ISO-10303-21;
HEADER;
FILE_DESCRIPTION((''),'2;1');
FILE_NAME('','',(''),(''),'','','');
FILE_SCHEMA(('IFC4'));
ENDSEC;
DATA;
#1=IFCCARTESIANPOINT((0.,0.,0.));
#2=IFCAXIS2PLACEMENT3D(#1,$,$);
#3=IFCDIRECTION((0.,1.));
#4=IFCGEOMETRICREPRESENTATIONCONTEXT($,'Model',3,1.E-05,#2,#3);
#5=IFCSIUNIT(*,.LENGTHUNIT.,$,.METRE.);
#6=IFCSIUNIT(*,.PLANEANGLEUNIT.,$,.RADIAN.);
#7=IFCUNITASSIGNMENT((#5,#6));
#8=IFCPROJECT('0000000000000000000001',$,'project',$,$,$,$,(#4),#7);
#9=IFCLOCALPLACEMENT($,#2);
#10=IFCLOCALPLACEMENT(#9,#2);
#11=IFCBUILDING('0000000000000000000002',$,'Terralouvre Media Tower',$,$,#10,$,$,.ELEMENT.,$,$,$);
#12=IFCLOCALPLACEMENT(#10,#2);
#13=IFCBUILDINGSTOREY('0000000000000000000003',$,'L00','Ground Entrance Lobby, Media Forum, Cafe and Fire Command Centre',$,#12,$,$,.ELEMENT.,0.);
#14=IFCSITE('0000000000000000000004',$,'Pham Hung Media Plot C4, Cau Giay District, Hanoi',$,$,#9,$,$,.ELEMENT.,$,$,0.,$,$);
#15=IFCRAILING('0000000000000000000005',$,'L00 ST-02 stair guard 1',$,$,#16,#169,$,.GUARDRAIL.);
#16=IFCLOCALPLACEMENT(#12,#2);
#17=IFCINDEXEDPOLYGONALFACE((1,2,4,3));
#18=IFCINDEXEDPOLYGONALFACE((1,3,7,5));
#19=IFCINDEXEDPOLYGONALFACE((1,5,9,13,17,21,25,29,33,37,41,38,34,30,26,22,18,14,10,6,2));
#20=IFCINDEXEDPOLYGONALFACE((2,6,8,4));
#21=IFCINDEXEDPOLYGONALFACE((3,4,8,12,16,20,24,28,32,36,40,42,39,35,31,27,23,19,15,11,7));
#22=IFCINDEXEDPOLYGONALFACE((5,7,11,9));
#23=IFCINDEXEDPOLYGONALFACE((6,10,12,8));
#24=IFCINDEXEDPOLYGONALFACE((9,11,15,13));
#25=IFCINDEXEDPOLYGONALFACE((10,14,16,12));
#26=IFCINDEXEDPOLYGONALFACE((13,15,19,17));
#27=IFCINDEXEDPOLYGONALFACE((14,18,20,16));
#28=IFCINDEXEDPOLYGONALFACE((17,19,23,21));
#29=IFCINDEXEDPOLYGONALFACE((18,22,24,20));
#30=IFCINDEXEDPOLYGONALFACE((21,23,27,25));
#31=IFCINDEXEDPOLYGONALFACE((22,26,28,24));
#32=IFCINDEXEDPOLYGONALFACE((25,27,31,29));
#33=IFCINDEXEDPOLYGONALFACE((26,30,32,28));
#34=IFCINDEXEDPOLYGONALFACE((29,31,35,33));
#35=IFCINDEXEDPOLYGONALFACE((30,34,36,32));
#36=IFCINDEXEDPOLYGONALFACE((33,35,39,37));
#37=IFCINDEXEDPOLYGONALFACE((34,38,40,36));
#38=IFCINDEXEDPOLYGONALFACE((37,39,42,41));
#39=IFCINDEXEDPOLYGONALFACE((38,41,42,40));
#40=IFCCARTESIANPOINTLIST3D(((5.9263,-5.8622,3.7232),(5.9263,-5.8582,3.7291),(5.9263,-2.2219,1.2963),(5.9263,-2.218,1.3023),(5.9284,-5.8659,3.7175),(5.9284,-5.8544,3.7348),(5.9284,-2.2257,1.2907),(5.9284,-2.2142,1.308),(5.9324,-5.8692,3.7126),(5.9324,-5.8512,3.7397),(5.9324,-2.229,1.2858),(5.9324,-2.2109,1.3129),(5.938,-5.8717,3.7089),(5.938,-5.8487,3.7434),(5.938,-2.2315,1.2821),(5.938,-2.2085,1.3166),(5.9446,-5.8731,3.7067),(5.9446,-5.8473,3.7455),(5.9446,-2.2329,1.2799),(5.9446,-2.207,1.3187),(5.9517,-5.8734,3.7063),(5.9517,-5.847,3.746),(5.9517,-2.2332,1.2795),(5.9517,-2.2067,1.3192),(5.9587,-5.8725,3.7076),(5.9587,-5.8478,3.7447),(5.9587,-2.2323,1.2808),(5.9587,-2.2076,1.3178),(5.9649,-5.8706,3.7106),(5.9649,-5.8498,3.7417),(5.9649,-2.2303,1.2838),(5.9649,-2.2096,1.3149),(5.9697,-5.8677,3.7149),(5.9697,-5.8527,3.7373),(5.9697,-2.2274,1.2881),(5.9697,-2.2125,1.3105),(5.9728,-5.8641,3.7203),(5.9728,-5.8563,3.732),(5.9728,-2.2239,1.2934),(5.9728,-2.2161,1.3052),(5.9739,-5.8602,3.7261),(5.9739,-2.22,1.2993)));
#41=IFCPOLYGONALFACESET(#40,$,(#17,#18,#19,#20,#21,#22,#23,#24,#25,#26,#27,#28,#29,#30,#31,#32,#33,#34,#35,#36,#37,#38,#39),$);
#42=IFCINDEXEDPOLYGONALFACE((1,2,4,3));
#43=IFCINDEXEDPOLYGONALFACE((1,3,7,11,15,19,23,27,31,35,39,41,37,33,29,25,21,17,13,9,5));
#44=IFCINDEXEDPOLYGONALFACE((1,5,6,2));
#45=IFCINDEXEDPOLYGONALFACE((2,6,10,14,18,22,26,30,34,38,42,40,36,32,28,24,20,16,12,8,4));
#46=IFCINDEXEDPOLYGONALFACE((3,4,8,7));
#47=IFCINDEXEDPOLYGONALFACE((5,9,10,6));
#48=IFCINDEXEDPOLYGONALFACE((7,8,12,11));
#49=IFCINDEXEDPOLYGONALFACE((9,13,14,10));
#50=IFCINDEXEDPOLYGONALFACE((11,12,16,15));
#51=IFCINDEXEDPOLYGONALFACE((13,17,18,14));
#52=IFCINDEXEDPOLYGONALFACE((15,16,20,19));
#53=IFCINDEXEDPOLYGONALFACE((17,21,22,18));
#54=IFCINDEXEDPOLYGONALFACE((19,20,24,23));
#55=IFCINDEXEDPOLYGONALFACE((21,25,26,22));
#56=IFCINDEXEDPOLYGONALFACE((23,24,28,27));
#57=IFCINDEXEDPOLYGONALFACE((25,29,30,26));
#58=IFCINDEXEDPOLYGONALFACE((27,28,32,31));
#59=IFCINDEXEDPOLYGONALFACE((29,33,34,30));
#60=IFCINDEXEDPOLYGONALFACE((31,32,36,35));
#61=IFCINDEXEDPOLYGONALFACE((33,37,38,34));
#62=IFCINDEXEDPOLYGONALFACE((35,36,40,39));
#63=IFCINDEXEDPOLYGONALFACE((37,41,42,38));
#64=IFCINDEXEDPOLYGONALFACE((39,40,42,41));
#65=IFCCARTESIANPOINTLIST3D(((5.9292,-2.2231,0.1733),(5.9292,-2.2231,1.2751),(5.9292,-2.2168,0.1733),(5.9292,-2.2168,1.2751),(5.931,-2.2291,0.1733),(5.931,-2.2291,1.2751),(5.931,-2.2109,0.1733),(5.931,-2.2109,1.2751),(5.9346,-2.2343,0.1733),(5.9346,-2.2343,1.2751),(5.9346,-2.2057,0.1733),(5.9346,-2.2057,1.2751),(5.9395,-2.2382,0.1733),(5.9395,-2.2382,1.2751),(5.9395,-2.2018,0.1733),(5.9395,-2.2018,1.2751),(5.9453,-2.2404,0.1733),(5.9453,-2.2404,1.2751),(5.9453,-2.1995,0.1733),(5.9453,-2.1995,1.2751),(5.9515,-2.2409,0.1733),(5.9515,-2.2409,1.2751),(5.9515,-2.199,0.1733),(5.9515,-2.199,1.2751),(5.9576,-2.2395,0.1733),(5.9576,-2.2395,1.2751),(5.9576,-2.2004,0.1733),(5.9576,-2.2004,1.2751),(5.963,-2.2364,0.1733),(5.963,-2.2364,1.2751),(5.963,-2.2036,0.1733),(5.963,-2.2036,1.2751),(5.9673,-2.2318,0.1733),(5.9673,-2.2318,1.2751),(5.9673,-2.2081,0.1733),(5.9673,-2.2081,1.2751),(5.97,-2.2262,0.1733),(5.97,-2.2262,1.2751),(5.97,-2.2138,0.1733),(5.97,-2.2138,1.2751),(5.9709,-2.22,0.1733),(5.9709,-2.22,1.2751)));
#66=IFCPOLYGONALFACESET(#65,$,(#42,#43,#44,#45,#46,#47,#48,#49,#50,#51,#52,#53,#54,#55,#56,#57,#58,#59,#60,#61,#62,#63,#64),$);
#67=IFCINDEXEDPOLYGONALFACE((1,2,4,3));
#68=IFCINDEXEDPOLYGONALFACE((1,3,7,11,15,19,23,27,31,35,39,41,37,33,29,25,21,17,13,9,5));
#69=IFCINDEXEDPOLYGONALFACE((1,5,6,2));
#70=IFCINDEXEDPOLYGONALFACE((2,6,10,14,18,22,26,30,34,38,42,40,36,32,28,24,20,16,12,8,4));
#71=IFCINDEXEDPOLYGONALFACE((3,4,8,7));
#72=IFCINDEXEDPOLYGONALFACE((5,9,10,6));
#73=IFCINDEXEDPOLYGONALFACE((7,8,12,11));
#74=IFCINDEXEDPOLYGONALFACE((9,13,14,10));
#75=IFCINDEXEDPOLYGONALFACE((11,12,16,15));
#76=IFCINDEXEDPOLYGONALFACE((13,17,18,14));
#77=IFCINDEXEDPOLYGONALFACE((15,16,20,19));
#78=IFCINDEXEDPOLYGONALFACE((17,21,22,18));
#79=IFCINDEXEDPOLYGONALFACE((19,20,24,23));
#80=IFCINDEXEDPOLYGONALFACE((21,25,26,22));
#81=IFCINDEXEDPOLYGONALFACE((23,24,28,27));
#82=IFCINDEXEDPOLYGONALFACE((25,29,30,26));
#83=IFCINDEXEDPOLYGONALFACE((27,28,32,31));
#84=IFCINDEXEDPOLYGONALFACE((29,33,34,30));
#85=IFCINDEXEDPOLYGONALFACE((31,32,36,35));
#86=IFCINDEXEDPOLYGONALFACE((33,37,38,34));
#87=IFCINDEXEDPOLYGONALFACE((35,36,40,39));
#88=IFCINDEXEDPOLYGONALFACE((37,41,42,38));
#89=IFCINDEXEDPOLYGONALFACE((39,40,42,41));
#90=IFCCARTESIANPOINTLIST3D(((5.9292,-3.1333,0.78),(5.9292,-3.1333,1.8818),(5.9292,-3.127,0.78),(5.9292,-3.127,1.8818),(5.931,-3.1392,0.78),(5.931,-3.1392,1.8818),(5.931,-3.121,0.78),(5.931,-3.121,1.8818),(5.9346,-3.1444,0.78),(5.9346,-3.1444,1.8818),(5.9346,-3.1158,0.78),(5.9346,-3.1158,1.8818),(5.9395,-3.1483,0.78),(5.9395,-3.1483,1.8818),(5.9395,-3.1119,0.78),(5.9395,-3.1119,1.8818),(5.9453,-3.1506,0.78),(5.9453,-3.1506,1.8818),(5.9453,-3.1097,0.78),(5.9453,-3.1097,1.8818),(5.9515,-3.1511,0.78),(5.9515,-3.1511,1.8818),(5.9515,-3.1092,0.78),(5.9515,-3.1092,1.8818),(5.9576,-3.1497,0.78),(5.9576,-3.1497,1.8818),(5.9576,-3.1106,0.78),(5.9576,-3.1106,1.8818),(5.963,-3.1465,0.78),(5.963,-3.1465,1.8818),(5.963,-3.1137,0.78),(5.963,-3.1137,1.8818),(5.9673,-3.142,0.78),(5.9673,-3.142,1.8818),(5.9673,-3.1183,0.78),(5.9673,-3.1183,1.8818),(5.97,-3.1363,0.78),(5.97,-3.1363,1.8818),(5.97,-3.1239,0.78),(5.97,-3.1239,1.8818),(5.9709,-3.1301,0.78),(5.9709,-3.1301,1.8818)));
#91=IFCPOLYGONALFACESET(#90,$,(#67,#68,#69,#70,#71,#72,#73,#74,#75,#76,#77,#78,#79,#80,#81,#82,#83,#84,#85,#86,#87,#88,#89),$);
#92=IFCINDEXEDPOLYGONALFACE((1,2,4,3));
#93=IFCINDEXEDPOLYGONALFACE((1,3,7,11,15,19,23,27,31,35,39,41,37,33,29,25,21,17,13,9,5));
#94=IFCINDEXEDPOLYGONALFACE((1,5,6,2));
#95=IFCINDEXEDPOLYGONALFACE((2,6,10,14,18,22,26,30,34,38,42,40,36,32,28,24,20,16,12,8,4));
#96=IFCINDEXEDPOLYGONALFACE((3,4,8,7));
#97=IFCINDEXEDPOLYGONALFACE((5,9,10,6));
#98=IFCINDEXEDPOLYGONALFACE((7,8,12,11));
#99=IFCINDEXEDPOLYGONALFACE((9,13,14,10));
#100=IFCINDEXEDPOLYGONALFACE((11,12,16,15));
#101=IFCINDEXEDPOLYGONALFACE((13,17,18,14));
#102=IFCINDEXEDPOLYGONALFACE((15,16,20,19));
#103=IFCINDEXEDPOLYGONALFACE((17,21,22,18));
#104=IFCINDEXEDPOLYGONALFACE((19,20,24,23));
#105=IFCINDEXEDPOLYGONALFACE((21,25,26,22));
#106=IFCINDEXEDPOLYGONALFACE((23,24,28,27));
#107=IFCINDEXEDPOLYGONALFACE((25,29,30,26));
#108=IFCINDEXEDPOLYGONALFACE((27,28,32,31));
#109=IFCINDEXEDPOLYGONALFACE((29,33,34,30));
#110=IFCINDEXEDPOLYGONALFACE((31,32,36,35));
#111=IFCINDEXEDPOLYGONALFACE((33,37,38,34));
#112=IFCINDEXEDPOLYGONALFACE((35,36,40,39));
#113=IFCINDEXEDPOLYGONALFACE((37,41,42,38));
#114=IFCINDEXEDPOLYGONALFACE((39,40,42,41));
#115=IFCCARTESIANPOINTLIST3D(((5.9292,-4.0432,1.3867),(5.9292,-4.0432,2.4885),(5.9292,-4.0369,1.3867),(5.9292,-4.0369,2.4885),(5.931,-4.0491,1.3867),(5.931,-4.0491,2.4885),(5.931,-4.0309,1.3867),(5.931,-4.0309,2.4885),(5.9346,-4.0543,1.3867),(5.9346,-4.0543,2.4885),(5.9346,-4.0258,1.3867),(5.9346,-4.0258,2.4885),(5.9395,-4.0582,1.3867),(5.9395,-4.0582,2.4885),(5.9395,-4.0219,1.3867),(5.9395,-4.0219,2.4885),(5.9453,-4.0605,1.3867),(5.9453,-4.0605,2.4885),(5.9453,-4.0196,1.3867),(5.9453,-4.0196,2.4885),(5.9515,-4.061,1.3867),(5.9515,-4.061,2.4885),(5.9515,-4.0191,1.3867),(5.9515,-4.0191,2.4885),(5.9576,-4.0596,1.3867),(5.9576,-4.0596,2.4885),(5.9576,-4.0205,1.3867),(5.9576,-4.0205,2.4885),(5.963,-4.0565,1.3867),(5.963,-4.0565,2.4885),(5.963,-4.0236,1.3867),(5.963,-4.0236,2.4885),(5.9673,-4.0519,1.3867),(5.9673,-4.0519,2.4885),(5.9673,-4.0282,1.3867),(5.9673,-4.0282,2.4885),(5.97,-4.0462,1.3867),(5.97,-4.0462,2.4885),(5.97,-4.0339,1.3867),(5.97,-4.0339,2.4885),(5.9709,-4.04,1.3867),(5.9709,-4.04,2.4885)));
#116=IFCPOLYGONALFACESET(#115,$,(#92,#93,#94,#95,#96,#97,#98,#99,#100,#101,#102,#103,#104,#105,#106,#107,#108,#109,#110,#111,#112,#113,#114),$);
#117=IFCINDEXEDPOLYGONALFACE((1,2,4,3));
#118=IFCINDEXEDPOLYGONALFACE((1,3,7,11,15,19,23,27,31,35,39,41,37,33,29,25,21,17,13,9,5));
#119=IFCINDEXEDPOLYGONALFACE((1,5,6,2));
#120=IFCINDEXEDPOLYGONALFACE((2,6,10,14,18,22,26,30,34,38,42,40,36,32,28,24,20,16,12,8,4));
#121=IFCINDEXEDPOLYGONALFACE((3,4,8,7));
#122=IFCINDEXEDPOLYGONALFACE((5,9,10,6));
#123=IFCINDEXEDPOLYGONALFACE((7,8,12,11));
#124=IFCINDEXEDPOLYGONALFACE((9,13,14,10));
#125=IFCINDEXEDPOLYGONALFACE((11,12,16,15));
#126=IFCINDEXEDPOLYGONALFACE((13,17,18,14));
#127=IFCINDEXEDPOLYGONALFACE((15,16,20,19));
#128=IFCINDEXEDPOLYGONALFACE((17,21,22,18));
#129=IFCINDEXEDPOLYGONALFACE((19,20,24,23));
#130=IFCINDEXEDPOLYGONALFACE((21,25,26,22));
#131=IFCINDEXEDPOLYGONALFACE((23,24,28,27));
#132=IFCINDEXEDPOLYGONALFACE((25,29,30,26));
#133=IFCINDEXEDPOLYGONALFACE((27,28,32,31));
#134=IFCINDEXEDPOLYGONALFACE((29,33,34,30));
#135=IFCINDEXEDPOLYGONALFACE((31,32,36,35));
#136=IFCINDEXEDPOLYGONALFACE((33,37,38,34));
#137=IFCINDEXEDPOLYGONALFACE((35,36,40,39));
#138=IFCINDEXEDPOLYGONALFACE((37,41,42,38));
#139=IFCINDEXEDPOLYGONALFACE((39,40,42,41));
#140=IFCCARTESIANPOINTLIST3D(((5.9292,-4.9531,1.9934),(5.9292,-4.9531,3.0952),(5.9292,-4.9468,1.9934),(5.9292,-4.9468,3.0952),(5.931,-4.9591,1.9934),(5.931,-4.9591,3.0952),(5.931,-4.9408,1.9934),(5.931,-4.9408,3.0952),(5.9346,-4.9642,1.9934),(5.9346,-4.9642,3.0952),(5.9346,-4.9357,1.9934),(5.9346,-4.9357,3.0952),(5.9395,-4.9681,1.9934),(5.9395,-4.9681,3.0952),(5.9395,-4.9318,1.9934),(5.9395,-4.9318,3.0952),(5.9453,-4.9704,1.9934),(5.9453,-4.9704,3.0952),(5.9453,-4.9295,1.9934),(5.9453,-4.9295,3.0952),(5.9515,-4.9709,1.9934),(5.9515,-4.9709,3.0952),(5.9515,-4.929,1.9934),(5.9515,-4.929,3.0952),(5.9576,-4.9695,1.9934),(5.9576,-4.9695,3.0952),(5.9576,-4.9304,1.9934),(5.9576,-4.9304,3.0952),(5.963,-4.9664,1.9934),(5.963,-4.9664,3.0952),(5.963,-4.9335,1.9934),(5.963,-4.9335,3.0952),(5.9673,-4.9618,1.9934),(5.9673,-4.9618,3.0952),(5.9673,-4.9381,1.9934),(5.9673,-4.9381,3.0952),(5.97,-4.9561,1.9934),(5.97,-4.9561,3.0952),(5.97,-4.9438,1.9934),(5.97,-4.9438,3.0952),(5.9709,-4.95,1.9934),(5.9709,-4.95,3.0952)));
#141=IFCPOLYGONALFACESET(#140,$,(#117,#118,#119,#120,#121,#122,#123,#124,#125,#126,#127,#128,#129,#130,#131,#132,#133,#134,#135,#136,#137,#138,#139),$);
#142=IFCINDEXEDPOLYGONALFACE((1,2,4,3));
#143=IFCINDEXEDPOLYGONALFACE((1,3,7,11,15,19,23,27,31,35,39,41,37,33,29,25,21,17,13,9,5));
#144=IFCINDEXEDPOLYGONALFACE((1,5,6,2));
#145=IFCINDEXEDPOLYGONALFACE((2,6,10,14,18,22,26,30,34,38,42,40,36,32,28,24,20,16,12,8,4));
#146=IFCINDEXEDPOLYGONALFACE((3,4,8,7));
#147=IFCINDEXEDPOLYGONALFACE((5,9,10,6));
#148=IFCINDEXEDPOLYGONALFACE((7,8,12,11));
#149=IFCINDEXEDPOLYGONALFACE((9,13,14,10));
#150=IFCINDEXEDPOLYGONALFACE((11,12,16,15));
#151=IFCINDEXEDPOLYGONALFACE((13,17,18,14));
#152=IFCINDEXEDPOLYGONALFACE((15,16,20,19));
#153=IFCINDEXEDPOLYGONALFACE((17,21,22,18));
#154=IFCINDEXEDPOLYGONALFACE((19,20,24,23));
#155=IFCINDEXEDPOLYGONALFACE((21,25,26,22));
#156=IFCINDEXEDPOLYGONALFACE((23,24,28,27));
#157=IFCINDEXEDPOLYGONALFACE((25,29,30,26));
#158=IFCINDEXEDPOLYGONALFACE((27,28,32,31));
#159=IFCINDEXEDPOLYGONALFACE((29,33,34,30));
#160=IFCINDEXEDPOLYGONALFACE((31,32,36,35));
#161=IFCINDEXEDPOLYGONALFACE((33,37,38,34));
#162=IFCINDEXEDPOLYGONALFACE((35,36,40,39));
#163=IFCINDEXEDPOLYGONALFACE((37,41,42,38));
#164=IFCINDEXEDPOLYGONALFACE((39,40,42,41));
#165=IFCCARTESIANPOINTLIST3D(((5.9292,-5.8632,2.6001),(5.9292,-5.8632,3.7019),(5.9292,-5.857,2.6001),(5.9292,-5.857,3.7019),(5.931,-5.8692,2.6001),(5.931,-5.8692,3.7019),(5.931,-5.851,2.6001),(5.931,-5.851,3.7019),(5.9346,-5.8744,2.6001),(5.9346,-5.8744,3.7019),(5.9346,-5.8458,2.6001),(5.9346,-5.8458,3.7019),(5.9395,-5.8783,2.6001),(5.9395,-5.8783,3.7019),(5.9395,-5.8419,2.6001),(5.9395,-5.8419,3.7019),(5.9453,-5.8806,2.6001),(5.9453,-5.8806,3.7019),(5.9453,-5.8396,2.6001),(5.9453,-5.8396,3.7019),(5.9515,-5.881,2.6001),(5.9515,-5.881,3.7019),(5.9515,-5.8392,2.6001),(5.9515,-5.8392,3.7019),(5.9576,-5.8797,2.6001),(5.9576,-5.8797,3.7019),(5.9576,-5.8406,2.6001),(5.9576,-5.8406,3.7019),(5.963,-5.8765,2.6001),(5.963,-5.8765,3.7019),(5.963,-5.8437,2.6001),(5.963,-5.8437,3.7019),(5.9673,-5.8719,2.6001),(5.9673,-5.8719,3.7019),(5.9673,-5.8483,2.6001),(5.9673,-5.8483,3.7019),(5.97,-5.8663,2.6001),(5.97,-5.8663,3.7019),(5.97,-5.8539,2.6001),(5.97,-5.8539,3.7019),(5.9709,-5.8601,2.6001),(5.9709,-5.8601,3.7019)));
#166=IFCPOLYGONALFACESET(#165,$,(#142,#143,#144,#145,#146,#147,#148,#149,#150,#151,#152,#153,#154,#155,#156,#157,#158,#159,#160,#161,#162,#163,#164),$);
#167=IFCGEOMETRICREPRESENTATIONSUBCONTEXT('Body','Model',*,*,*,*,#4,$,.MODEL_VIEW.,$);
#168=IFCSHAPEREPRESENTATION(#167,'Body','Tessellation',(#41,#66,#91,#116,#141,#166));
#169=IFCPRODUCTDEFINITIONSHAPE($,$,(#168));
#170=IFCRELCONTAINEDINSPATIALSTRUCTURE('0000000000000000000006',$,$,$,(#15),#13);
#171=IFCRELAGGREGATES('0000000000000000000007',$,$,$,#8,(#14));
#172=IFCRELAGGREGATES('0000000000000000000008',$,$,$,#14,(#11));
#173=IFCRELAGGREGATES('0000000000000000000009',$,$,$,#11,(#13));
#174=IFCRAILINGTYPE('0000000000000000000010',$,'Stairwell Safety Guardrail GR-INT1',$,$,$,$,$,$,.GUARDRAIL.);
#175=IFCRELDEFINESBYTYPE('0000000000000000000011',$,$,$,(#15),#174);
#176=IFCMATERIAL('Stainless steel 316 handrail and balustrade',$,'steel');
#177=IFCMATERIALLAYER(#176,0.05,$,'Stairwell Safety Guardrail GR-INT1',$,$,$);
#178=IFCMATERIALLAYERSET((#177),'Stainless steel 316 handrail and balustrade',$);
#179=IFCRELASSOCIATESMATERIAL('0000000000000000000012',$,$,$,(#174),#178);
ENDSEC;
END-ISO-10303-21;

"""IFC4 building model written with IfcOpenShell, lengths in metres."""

from ifc_helpers import new_model, si_unit, direction, frame, origin, origin_2d, place, context, subcontext, project, spatial, circle, extrude, material, layer, layer_set, type_object, element, save


model = new_model("IFC4")

# Units and contexts
model_context = context("Model", 3, precision=1e-05, world=origin(), true_north=direction((0.0, 1.0)))
body_context = subcontext(model_context, "Body", "Model", "MODEL_VIEW")
ifc_project = project(units=[si_unit("LENGTHUNIT", "METRE"), si_unit("PLANEANGLEUNIT", "RADIAN")], contexts=[model_context])

# Site, building, storey
site_placement = place(None, origin())
site = spatial("IfcSite", under=ifc_project, at=site_placement, Name="Pham Hung Media Plot C4, Cau Giay District, Hanoi", CompositionType="ELEMENT", RefElevation=0.0)
building_placement = place(site_placement, origin())
building = spatial("IfcBuilding", under=site, at=building_placement, Name="Terralouvre Media Tower", CompositionType="ELEMENT")
storey_placement = place(building_placement, origin())
storey = spatial("IfcBuildingStorey", under=building, at=storey_placement, Name="L00", Description="Ground Entrance Lobby, Media Forum, Cafe and Fire Command Centre", CompositionType="ELEMENT", Elevation=0.0)

# Railing
ifc_material_1 = material(Name="Stainless steel 316 handrail and balustrade", Category="steel")
ifc_layer_1 = layer(ifc_material_1, 0.05, Name="Stairwell Safety Guardrail GR-INT1")
ifc_layer_set_1 = layer_set([ifc_layer_1], Name="Stainless steel 316 handrail and balustrade")
railing_type = type_object("IfcRailingType", Name="Stairwell Safety Guardrail GR-INT1", PredefinedType="GUARDRAIL", material=ifc_layer_set_1)
railing_1_placement = place(storey_placement, frame((5.95, -2.22, 0.1733)))
element("IfcRailing", 1, at=railing_1_placement, inside=storey, type_object=railing_type, Name="L00 ST-02 stair guard 1", PredefinedType="GUARDRAIL", context=body_context, shape_type="SweptSolid", body=[
    extrude(circle(Radius=0.0239, at=origin_2d()), frame((0.0, 0.0, 1.126), z_axis=(0.0, -0.83205, 0.5547), x_axis=(1.0, 0.0, 0.0)), (0.0, 0.0, 1.0), 4.375),
    extrude(circle(Radius=0.021, at=origin_2d()), origin(), (0.0, 0.0, 1.0), 1.1018),
    extrude(circle(Radius=0.021, at=origin_2d()), frame((0.0, -0.9102, 0.6067)), (0.0, 0.0, 1.0), 1.1018),
    extrude(circle(Radius=0.021, at=origin_2d()), frame((0.0, -1.8201, 1.2134)), (0.0, 0.0, 1.0), 1.1018),
    extrude(circle(Radius=0.021, at=origin_2d()), frame((0.0, -2.73, 1.8201)), (0.0, 0.0, 1.0), 1.1018),
    extrude(circle(Radius=0.021, at=origin_2d()), frame((0.0, -3.6401, 2.4268)), (0.0, 0.0, 1.0), 1.1018),
])

save(model, "model.ifc")
